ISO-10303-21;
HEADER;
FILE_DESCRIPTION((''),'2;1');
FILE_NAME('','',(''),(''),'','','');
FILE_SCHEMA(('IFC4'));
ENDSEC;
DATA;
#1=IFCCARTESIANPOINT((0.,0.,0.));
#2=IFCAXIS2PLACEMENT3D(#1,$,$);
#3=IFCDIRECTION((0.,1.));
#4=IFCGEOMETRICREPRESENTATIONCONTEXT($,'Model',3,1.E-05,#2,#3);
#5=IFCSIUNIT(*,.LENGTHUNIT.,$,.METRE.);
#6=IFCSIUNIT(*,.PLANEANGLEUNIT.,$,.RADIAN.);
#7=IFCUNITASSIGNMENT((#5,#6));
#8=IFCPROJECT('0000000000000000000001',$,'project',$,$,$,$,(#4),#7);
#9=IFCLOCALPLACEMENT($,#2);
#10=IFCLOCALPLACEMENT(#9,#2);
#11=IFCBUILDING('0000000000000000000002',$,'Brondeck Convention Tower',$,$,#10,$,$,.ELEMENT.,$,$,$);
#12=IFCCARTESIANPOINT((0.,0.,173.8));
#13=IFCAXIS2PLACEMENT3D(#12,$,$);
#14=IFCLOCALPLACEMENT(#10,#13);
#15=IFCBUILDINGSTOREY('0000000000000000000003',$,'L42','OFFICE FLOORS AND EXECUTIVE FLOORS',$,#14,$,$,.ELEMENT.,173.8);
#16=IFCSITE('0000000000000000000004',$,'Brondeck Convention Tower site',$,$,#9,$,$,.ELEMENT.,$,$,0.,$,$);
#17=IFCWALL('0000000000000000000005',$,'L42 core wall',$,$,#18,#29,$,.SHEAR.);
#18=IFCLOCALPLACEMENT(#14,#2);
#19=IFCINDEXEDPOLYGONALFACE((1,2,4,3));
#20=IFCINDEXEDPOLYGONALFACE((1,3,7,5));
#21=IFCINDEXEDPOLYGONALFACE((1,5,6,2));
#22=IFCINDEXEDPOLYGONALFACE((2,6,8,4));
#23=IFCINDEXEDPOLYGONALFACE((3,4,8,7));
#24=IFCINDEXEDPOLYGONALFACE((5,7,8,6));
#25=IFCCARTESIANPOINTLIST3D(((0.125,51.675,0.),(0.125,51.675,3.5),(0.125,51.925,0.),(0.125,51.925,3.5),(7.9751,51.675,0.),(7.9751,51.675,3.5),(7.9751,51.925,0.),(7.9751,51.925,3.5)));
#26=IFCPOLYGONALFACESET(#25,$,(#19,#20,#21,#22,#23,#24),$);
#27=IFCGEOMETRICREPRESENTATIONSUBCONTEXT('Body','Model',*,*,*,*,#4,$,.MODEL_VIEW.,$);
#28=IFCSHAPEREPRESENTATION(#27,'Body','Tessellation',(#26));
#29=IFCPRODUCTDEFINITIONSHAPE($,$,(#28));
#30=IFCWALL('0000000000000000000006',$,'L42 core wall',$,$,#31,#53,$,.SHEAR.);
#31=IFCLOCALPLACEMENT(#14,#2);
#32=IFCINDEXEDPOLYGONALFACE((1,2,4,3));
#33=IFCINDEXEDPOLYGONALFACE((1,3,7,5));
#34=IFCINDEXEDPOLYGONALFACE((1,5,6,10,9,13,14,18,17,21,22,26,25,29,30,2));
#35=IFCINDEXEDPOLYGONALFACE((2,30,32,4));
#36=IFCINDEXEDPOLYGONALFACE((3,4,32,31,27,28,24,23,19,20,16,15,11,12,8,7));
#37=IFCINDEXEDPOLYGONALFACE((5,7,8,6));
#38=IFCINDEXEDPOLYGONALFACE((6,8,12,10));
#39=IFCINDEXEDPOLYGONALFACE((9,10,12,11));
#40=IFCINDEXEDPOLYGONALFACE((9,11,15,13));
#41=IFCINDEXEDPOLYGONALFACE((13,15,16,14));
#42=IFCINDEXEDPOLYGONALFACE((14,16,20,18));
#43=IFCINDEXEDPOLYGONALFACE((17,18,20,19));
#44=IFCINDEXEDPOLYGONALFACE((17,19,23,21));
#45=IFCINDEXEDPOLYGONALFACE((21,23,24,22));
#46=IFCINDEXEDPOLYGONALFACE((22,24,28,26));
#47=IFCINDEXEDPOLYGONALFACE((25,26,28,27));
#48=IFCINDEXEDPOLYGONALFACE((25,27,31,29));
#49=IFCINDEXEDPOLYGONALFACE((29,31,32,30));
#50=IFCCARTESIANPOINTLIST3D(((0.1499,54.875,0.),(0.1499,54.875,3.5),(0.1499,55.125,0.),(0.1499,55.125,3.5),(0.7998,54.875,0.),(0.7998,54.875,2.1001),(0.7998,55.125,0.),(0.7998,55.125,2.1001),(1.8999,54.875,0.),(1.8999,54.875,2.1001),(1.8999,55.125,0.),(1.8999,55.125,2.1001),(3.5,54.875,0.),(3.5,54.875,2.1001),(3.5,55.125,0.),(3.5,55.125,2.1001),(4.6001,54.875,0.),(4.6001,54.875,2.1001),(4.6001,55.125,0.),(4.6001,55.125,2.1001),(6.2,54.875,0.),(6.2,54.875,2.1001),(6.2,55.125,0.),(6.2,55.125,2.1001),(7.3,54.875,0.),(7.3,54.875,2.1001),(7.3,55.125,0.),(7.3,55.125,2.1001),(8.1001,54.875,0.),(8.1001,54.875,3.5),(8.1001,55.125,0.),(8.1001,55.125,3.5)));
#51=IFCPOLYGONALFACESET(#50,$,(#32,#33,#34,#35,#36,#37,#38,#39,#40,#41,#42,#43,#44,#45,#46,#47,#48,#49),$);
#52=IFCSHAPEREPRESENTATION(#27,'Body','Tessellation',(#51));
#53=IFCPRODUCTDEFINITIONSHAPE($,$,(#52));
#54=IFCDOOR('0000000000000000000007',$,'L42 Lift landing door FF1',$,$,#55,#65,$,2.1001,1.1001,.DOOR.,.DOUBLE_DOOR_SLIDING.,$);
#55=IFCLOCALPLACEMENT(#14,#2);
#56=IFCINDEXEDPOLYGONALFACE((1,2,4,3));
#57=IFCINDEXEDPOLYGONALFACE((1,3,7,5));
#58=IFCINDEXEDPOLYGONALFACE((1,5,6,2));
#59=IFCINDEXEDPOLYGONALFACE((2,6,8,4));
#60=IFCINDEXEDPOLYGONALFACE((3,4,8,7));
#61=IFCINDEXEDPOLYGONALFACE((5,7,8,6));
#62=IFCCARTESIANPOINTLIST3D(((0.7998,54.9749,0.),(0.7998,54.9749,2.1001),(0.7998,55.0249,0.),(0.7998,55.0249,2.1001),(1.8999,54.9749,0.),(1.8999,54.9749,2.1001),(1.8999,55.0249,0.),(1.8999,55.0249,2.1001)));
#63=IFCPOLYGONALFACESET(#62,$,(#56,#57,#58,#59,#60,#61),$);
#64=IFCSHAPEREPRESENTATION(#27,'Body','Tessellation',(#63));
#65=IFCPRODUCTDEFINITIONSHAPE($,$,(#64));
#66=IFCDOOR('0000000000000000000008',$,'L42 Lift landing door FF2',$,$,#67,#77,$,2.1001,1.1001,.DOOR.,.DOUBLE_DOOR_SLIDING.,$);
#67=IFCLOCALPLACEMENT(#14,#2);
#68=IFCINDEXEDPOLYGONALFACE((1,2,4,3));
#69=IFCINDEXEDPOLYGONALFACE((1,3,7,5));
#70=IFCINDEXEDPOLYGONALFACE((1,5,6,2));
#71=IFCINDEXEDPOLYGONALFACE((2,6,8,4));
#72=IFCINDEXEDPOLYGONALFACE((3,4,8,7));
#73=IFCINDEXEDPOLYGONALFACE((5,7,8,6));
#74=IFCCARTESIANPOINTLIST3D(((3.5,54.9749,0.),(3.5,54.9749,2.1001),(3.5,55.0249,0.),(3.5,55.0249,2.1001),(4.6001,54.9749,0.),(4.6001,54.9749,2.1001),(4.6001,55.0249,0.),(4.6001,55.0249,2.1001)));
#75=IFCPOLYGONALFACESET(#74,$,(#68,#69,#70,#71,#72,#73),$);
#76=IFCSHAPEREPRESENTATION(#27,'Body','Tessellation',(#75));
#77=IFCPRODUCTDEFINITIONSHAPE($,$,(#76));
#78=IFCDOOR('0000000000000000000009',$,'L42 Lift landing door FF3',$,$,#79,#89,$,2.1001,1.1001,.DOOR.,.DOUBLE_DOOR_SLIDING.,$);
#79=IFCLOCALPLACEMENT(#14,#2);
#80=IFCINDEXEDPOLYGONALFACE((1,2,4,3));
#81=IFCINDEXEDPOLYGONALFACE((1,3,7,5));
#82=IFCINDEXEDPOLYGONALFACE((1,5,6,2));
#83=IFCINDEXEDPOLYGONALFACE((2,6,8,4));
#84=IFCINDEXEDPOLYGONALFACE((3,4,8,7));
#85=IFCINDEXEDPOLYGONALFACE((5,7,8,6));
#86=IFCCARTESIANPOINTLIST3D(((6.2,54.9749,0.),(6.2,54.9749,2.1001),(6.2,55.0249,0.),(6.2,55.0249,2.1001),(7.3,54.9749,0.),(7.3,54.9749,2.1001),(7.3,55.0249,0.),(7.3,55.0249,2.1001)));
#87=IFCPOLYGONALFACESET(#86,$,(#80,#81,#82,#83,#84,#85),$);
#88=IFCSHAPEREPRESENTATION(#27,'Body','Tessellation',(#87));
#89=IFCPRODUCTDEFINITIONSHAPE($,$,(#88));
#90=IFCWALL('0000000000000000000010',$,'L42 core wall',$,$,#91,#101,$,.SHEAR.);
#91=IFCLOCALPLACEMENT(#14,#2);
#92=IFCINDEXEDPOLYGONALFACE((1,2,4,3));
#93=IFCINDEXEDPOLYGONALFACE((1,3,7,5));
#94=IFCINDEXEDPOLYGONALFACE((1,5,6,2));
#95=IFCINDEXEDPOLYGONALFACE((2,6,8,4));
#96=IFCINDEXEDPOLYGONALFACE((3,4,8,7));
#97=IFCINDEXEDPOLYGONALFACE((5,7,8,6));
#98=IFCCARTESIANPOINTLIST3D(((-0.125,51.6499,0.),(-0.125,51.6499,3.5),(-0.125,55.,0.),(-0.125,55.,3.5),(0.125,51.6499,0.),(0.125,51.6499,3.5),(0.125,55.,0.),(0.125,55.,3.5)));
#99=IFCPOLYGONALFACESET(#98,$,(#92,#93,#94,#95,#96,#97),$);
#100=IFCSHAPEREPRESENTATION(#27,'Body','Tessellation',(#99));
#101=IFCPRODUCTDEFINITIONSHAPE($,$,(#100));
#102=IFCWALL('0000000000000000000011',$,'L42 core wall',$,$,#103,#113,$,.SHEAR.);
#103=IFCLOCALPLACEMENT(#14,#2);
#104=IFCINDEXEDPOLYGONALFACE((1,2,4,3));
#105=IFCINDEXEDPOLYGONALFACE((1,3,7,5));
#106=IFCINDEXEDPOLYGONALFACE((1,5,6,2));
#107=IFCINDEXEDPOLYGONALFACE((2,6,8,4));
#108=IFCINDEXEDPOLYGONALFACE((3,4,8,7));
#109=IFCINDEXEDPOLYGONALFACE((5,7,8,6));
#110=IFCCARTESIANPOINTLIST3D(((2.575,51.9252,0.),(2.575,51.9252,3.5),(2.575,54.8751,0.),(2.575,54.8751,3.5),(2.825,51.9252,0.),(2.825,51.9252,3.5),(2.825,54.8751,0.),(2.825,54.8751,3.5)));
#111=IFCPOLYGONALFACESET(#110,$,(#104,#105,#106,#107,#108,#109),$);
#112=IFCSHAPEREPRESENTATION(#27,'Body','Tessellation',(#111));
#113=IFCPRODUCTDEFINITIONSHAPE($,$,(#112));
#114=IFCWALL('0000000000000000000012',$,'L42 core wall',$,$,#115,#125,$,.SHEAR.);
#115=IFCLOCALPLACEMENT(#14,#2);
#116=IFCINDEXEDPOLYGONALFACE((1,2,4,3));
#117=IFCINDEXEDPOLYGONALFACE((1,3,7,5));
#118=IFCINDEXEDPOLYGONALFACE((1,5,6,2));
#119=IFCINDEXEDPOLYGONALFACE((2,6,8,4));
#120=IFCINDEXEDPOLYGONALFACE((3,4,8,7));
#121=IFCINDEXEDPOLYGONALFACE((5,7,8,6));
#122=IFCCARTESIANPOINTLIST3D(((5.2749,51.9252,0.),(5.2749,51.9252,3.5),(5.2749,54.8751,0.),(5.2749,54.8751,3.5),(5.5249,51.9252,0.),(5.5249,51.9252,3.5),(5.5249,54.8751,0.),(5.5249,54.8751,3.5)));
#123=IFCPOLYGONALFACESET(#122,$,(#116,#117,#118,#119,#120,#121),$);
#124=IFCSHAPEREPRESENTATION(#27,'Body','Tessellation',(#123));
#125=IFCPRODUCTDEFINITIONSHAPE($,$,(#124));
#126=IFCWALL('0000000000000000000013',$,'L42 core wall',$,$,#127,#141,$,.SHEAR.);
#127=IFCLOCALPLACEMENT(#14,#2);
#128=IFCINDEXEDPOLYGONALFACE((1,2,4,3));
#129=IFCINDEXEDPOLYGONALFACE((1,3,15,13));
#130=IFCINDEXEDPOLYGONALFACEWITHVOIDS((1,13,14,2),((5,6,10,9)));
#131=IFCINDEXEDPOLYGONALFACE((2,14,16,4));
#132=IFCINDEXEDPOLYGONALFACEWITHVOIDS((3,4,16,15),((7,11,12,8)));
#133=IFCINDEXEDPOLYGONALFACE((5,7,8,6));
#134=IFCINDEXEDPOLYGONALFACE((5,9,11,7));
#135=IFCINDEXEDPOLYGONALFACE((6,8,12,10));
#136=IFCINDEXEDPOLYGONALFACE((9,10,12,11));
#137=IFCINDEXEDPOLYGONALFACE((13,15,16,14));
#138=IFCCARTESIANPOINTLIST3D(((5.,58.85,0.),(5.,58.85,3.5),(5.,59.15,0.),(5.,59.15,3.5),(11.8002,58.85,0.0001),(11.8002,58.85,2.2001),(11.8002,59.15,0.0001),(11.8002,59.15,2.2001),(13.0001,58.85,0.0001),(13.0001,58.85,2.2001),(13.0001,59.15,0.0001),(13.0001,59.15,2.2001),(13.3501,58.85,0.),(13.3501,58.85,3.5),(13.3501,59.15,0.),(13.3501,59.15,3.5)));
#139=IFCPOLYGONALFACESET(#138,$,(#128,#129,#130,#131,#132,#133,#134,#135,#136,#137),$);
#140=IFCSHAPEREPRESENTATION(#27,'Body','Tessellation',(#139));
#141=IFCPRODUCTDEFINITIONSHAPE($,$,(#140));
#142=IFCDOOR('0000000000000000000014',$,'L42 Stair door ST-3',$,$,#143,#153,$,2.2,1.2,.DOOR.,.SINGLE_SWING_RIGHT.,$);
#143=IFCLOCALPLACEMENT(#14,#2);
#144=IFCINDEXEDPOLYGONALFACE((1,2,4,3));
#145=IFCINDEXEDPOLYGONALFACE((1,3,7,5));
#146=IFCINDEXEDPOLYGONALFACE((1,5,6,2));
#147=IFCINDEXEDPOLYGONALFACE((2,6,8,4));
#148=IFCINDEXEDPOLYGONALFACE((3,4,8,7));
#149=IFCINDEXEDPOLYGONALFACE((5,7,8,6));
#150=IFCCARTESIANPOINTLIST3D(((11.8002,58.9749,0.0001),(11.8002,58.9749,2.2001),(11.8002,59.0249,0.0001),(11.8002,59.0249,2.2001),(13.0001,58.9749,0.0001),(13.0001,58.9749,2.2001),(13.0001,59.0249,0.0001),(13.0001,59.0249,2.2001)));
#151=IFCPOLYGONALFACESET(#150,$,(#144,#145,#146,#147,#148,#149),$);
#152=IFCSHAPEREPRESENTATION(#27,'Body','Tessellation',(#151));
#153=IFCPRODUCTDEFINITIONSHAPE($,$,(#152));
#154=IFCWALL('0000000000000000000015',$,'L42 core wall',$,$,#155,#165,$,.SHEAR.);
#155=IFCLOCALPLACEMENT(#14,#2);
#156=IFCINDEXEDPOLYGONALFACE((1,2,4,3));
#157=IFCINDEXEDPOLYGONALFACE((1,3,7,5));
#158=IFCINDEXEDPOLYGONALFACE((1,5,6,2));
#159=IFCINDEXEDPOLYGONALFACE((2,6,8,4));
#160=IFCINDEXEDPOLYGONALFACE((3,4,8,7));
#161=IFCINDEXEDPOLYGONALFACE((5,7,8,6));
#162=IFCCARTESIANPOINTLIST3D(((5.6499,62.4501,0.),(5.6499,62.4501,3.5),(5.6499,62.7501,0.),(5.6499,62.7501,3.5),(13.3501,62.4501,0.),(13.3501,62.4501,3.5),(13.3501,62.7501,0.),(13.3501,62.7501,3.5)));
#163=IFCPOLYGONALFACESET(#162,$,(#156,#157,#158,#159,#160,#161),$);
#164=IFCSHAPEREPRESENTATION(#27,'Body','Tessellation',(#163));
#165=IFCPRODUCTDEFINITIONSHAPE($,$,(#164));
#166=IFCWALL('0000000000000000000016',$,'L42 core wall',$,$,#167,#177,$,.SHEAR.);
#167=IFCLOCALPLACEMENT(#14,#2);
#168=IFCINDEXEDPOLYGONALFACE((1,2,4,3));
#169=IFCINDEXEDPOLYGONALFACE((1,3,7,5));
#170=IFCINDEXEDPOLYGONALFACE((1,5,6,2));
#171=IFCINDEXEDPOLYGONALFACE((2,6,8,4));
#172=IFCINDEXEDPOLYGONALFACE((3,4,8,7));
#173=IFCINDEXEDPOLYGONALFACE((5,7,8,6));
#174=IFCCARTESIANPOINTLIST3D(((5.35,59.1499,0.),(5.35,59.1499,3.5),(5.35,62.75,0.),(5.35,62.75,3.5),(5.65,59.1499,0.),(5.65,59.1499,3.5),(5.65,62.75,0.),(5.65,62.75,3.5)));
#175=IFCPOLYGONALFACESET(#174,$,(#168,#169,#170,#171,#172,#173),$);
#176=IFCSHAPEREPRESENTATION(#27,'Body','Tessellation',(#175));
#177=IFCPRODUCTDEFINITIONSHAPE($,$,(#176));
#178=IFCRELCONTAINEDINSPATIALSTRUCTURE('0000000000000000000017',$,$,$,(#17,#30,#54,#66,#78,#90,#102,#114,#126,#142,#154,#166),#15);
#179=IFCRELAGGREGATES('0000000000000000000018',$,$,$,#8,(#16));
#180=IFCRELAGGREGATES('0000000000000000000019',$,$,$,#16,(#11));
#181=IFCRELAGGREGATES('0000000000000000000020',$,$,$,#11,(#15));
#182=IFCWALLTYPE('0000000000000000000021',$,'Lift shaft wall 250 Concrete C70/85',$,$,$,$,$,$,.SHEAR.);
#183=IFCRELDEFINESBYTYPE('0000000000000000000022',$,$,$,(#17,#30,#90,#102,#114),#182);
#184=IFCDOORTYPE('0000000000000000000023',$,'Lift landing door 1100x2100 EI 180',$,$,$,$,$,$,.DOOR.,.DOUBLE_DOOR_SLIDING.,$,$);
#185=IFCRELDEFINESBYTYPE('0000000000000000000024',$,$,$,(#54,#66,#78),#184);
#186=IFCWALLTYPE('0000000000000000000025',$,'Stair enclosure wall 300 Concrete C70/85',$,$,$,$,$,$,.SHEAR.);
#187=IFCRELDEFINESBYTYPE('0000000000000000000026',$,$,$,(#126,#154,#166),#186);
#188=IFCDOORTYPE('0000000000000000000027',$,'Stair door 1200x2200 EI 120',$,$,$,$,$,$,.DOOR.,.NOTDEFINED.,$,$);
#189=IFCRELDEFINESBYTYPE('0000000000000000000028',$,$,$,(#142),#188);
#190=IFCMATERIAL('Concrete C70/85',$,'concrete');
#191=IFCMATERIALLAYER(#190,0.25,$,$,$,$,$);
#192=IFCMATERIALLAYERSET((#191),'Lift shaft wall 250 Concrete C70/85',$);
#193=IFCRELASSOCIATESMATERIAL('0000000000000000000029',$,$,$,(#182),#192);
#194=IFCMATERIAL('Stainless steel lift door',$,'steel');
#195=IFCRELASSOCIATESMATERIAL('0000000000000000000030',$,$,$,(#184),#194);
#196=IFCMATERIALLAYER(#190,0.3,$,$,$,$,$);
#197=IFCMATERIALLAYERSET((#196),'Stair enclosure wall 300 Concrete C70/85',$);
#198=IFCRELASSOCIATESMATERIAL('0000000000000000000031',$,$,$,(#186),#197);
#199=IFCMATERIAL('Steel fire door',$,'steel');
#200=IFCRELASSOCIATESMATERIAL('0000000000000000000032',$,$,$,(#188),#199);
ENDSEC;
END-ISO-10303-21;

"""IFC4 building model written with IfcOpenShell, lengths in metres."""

from ifc_helpers import new_model, si_unit, direction, frame, frame_2d, origin, place, context, subcontext, project, spatial, rectangle, extrude, material, layer, layer_set, type_object, element, fill, save


model = new_model("IFC4")

# Units and contexts
model_context = context("Model", 3, precision=1e-05, world=origin(), true_north=direction((0.0, 1.0)))
body_context = subcontext(model_context, "Body", "Model", "MODEL_VIEW")
ifc_project = project(units=[si_unit("LENGTHUNIT", "METRE"), si_unit("PLANEANGLEUNIT", "RADIAN")], contexts=[model_context])

# Site, building, storey
site_placement = place(None, origin())
site = spatial("IfcSite", under=ifc_project, at=site_placement, Name="Brondeck Convention Tower site", CompositionType="ELEMENT", RefElevation=0.0)
building_placement = place(site_placement, origin())
building = spatial("IfcBuilding", under=site, at=building_placement, Name="Brondeck Convention Tower", CompositionType="ELEMENT")
storey_placement = place(building_placement, frame((0.0, 0.0, 173.8)))
storey = spatial("IfcBuildingStorey", under=building, at=storey_placement, Name="L42", Description="OFFICE FLOORS AND EXECUTIVE FLOORS", CompositionType="ELEMENT", Elevation=173.8)

# Shared definitions
ifc_material_1 = material(Name="Concrete C70/85", Category="concrete")

# Wall
ifc_layer_1 = layer(ifc_material_1, 0.25)
ifc_layer_set_1 = layer_set([ifc_layer_1], Name="Lift shaft wall 250 Concrete C70/85")
wall_type_1 = type_object("IfcWallType", Name="Lift shaft wall 250 Concrete C70/85", PredefinedType="SHEAR", material=ifc_layer_set_1)
for number, where, z_axis, x_axis, name in (
    (1, (0.125, 51.8, 0.0), (0.0, 0.0, 1.0), (1.0, 0.0, 0.0), "L42 core wall"),
):
    element("IfcWall", number, at=place(storey_placement, frame(where, z_axis=z_axis, x_axis=x_axis)), inside=storey, type_object=wall_type_1, Name=name, PredefinedType="SHEAR", context=body_context, shape_type="SweptSolid", body=[
        extrude(rectangle(XDim=7.8501, YDim=0.25, at=frame_2d((3.925, 0.0))), origin(), (0.0, 0.0, 1.0), 3.5),
    ])

# Wall, openings, doors
wall_1_placement = place(storey_placement, frame((0.1499, 55.0, 0.0), z_axis=(0.0, 0.0, 1.0), x_axis=(1.0, 0.0, 0.0)))
wall_1 = element("IfcWall", 2, at=wall_1_placement, inside=storey, type_object=wall_type_1, Name="L42 core wall", PredefinedType="SHEAR", context=body_context, shape_type="SweptSolid", body=[
    extrude(rectangle(XDim=7.9502, YDim=0.25, at=frame_2d((3.9751, 0.0))), origin(), (0.0, 0.0, 1.0), 3.5),
])
opening_1_placement = place(wall_1_placement, frame((0.6499, 0.0, 0.0)))
opening_1 = element("IfcOpeningElement", 3, at=opening_1_placement, cuts=wall_1, PredefinedType="OPENING", context=body_context, shape_type="SweptSolid", body=[
    extrude(rectangle(XDim=1.1001, YDim=2.1001, at=frame_2d((0.55, 1.05))), frame((0.0, 0.135, 0.0), z_axis=(0.0, -1.0, 0.0), x_axis=(1.0, 0.0, 0.0)), (0.0, 0.0, 1.0), 0.27),
])
opening_2_placement = place(wall_1_placement, frame((3.3501, 0.0, 0.0)))
opening_2 = element("IfcOpeningElement", 4, at=opening_2_placement, cuts=wall_1, PredefinedType="OPENING", context=body_context, shape_type="SweptSolid", body=[
    extrude(rectangle(XDim=1.1001, YDim=2.1001, at=frame_2d((0.55, 1.05))), frame((0.0, 0.135, 0.0), z_axis=(0.0, -1.0, 0.0), x_axis=(1.0, 0.0, 0.0)), (0.0, 0.0, 1.0), 0.27),
])
opening_3_placement = place(wall_1_placement, frame((6.05, 0.0, 0.0)))
opening_3 = element("IfcOpeningElement", 5, at=opening_3_placement, cuts=wall_1, PredefinedType="OPENING", context=body_context, shape_type="SweptSolid", body=[
    extrude(rectangle(XDim=1.1001, YDim=2.1001, at=frame_2d((0.55, 1.05))), frame((0.0, 0.135, 0.0), z_axis=(0.0, -1.0, 0.0), x_axis=(1.0, 0.0, 0.0)), (0.0, 0.0, 1.0), 0.27),
])
ifc_material_2 = material(Name="Stainless steel lift door", Category="steel")
door_type_1 = type_object("IfcDoorType", Name="Lift landing door 1100x2100 EI 180", OperationType="DOUBLE_DOOR_SLIDING", PredefinedType="DOOR", material=ifc_material_2)
door_1_placement = place(opening_1_placement, origin())
door_1 = element("IfcDoor", 6, at=door_1_placement, inside=storey, type_object=door_type_1, Name="L42 Lift landing door FF1", OperationType="DOUBLE_DOOR_SLIDING", OverallHeight=2.1001, OverallWidth=1.1001, PredefinedType="DOOR", context=body_context, shape_type="SweptSolid", body=[
    extrude(rectangle(XDim=1.1001, YDim=2.1001, at=frame_2d((0.55, 1.05))), frame((0.0, 0.0249, 0.0), z_axis=(0.0, -1.0, 0.0), x_axis=(1.0, 0.0, 0.0)), (0.0, 0.0, 1.0), 0.05),
])
fill(opening_1, door_1)
door_2_placement = place(opening_2_placement, origin())
door_2 = element("IfcDoor", 7, at=door_2_placement, inside=storey, type_object=door_type_1, Name="L42 Lift landing door FF2", OperationType="DOUBLE_DOOR_SLIDING", OverallHeight=2.1001, OverallWidth=1.1001, PredefinedType="DOOR", context=body_context, shape_type="SweptSolid", body=[
    extrude(rectangle(XDim=1.1001, YDim=2.1001, at=frame_2d((0.55, 1.05))), frame((0.0, 0.0249, 0.0), z_axis=(0.0, -1.0, 0.0), x_axis=(1.0, 0.0, 0.0)), (0.0, 0.0, 1.0), 0.05),
])
fill(opening_2, door_2)
door_3_placement = place(opening_3_placement, origin())
door_3 = element("IfcDoor", 8, at=door_3_placement, inside=storey, type_object=door_type_1, Name="L42 Lift landing door FF3", OperationType="DOUBLE_DOOR_SLIDING", OverallHeight=2.1001, OverallWidth=1.1001, PredefinedType="DOOR", context=body_context, shape_type="SweptSolid", body=[
    extrude(rectangle(XDim=1.1001, YDim=2.1001, at=frame_2d((0.55, 1.05))), frame((0.0, 0.0249, 0.0), z_axis=(0.0, -1.0, 0.0), x_axis=(1.0, 0.0, 0.0)), (0.0, 0.0, 1.0), 0.05),
])
fill(opening_3, door_3)

# Walls
wall_2_placement = place(storey_placement, frame((0.0, 51.6499, 0.0), z_axis=(0.0, 0.0, 1.0), x_axis=(0.0, 1.0, 0.0)))
element("IfcWall", 9, at=wall_2_placement, inside=storey, type_object=wall_type_1, Name="L42 core wall", PredefinedType="SHEAR", context=body_context, shape_type="SweptSolid", body=[
    extrude(rectangle(XDim=3.3501, YDim=0.25, at=frame_2d((1.675, 0.0))), origin(), (0.0, 0.0, 1.0), 3.5),
])
for number, where, z_axis, x_axis, name in (
    (10, (2.7, 51.925, 0.0), (0.0, 0.0, 1.0), (0.0, 1.0, 0.0), "L42 core wall"),
    (11, (5.3999, 51.925, 0.0), (0.0, 0.0, 1.0), (0.0, 1.0, 0.0), "L42 core wall"),
):
    element("IfcWall", number, at=place(storey_placement, frame(where, z_axis=z_axis, x_axis=x_axis)), inside=storey, type_object=wall_type_1, Name=name, PredefinedType="SHEAR", context=body_context, shape_type="SweptSolid", body=[
        extrude(rectangle(XDim=2.95, YDim=0.25, at=frame_2d((1.4751, 0.0))), origin(), (0.0, 0.0, 1.0), 3.5),
    ])

# Wall, opening, door
ifc_layer_2 = layer(ifc_material_1, 0.3)
ifc_layer_set_2 = layer_set([ifc_layer_2], Name="Stair enclosure wall 300 Concrete C70/85")
wall_type_2 = type_object("IfcWallType", Name="Stair enclosure wall 300 Concrete C70/85", PredefinedType="SHEAR", material=ifc_layer_set_2)
wall_3_placement = place(storey_placement, frame((5.0, 59.0, 0.0), z_axis=(0.0, 0.0, 1.0), x_axis=(1.0, 0.0, 0.0)))
wall_3 = element("IfcWall", 12, at=wall_3_placement, inside=storey, type_object=wall_type_2, Name="L42 core wall", PredefinedType="SHEAR", context=body_context, shape_type="SweptSolid", body=[
    extrude(rectangle(XDim=8.3501, YDim=0.3, at=frame_2d((4.175, 0.0))), origin(), (0.0, 0.0, 1.0), 3.5),
])
opening_4_placement = place(wall_3_placement, frame((6.8, 0.0, 0.0)))
opening_4 = element("IfcOpeningElement", 13, at=opening_4_placement, cuts=wall_3, PredefinedType="OPENING", context=body_context, shape_type="SweptSolid", body=[
    extrude(rectangle(XDim=1.2, YDim=2.2, at=frame_2d((0.6001, 1.1001))), frame((0.0, 0.1599, 0.0), z_axis=(0.0, -1.0, 0.0), x_axis=(1.0, 0.0, 0.0)), (0.0, 0.0, 1.0), 0.3201),
])
ifc_material_3 = material(Name="Steel fire door", Category="steel")
door_type_2 = type_object("IfcDoorType", Name="Stair door 1200x2200 EI 120", OperationType="NOTDEFINED", PredefinedType="DOOR", material=ifc_material_3)
door_4_placement = place(opening_4_placement, origin())
door_4 = element("IfcDoor", 14, at=door_4_placement, inside=storey, type_object=door_type_2, Name="L42 Stair door ST-3", OperationType="SINGLE_SWING_RIGHT", OverallHeight=2.2, OverallWidth=1.2, PredefinedType="DOOR", context=body_context, shape_type="SweptSolid", body=[
    extrude(rectangle(XDim=1.2, YDim=2.2, at=frame_2d((0.6001, 1.1001))), frame((0.0, 0.0249, 0.0), z_axis=(0.0, -1.0, 0.0), x_axis=(1.0, 0.0, 0.0)), (0.0, 0.0, 1.0), 0.05),
])
fill(opening_4, door_4)

# Walls
wall_4_placement = place(storey_placement, frame((5.6499, 62.6001, 0.0), z_axis=(0.0, 0.0, 1.0), x_axis=(1.0, 0.0, 0.0)))
element("IfcWall", 15, at=wall_4_placement, inside=storey, type_object=wall_type_2, Name="L42 core wall", PredefinedType="SHEAR", context=body_context, shape_type="SweptSolid", body=[
    extrude(rectangle(XDim=7.7002, YDim=0.3, at=frame_2d((3.8501, 0.0))), origin(), (0.0, 0.0, 1.0), 3.5),
])
wall_5_placement = place(storey_placement, frame((5.5, 59.1499, 0.0), z_axis=(0.0, 0.0, 1.0), x_axis=(0.0, 1.0, 0.0)))
element("IfcWall", 16, at=wall_5_placement, inside=storey, type_object=wall_type_2, Name="L42 core wall", PredefinedType="SHEAR", context=body_context, shape_type="SweptSolid", body=[
    extrude(rectangle(XDim=3.6001, YDim=0.3, at=frame_2d((1.8, 0.0))), origin(), (0.0, 0.0, 1.0), 3.5),
])

save(model, "model.ifc")
